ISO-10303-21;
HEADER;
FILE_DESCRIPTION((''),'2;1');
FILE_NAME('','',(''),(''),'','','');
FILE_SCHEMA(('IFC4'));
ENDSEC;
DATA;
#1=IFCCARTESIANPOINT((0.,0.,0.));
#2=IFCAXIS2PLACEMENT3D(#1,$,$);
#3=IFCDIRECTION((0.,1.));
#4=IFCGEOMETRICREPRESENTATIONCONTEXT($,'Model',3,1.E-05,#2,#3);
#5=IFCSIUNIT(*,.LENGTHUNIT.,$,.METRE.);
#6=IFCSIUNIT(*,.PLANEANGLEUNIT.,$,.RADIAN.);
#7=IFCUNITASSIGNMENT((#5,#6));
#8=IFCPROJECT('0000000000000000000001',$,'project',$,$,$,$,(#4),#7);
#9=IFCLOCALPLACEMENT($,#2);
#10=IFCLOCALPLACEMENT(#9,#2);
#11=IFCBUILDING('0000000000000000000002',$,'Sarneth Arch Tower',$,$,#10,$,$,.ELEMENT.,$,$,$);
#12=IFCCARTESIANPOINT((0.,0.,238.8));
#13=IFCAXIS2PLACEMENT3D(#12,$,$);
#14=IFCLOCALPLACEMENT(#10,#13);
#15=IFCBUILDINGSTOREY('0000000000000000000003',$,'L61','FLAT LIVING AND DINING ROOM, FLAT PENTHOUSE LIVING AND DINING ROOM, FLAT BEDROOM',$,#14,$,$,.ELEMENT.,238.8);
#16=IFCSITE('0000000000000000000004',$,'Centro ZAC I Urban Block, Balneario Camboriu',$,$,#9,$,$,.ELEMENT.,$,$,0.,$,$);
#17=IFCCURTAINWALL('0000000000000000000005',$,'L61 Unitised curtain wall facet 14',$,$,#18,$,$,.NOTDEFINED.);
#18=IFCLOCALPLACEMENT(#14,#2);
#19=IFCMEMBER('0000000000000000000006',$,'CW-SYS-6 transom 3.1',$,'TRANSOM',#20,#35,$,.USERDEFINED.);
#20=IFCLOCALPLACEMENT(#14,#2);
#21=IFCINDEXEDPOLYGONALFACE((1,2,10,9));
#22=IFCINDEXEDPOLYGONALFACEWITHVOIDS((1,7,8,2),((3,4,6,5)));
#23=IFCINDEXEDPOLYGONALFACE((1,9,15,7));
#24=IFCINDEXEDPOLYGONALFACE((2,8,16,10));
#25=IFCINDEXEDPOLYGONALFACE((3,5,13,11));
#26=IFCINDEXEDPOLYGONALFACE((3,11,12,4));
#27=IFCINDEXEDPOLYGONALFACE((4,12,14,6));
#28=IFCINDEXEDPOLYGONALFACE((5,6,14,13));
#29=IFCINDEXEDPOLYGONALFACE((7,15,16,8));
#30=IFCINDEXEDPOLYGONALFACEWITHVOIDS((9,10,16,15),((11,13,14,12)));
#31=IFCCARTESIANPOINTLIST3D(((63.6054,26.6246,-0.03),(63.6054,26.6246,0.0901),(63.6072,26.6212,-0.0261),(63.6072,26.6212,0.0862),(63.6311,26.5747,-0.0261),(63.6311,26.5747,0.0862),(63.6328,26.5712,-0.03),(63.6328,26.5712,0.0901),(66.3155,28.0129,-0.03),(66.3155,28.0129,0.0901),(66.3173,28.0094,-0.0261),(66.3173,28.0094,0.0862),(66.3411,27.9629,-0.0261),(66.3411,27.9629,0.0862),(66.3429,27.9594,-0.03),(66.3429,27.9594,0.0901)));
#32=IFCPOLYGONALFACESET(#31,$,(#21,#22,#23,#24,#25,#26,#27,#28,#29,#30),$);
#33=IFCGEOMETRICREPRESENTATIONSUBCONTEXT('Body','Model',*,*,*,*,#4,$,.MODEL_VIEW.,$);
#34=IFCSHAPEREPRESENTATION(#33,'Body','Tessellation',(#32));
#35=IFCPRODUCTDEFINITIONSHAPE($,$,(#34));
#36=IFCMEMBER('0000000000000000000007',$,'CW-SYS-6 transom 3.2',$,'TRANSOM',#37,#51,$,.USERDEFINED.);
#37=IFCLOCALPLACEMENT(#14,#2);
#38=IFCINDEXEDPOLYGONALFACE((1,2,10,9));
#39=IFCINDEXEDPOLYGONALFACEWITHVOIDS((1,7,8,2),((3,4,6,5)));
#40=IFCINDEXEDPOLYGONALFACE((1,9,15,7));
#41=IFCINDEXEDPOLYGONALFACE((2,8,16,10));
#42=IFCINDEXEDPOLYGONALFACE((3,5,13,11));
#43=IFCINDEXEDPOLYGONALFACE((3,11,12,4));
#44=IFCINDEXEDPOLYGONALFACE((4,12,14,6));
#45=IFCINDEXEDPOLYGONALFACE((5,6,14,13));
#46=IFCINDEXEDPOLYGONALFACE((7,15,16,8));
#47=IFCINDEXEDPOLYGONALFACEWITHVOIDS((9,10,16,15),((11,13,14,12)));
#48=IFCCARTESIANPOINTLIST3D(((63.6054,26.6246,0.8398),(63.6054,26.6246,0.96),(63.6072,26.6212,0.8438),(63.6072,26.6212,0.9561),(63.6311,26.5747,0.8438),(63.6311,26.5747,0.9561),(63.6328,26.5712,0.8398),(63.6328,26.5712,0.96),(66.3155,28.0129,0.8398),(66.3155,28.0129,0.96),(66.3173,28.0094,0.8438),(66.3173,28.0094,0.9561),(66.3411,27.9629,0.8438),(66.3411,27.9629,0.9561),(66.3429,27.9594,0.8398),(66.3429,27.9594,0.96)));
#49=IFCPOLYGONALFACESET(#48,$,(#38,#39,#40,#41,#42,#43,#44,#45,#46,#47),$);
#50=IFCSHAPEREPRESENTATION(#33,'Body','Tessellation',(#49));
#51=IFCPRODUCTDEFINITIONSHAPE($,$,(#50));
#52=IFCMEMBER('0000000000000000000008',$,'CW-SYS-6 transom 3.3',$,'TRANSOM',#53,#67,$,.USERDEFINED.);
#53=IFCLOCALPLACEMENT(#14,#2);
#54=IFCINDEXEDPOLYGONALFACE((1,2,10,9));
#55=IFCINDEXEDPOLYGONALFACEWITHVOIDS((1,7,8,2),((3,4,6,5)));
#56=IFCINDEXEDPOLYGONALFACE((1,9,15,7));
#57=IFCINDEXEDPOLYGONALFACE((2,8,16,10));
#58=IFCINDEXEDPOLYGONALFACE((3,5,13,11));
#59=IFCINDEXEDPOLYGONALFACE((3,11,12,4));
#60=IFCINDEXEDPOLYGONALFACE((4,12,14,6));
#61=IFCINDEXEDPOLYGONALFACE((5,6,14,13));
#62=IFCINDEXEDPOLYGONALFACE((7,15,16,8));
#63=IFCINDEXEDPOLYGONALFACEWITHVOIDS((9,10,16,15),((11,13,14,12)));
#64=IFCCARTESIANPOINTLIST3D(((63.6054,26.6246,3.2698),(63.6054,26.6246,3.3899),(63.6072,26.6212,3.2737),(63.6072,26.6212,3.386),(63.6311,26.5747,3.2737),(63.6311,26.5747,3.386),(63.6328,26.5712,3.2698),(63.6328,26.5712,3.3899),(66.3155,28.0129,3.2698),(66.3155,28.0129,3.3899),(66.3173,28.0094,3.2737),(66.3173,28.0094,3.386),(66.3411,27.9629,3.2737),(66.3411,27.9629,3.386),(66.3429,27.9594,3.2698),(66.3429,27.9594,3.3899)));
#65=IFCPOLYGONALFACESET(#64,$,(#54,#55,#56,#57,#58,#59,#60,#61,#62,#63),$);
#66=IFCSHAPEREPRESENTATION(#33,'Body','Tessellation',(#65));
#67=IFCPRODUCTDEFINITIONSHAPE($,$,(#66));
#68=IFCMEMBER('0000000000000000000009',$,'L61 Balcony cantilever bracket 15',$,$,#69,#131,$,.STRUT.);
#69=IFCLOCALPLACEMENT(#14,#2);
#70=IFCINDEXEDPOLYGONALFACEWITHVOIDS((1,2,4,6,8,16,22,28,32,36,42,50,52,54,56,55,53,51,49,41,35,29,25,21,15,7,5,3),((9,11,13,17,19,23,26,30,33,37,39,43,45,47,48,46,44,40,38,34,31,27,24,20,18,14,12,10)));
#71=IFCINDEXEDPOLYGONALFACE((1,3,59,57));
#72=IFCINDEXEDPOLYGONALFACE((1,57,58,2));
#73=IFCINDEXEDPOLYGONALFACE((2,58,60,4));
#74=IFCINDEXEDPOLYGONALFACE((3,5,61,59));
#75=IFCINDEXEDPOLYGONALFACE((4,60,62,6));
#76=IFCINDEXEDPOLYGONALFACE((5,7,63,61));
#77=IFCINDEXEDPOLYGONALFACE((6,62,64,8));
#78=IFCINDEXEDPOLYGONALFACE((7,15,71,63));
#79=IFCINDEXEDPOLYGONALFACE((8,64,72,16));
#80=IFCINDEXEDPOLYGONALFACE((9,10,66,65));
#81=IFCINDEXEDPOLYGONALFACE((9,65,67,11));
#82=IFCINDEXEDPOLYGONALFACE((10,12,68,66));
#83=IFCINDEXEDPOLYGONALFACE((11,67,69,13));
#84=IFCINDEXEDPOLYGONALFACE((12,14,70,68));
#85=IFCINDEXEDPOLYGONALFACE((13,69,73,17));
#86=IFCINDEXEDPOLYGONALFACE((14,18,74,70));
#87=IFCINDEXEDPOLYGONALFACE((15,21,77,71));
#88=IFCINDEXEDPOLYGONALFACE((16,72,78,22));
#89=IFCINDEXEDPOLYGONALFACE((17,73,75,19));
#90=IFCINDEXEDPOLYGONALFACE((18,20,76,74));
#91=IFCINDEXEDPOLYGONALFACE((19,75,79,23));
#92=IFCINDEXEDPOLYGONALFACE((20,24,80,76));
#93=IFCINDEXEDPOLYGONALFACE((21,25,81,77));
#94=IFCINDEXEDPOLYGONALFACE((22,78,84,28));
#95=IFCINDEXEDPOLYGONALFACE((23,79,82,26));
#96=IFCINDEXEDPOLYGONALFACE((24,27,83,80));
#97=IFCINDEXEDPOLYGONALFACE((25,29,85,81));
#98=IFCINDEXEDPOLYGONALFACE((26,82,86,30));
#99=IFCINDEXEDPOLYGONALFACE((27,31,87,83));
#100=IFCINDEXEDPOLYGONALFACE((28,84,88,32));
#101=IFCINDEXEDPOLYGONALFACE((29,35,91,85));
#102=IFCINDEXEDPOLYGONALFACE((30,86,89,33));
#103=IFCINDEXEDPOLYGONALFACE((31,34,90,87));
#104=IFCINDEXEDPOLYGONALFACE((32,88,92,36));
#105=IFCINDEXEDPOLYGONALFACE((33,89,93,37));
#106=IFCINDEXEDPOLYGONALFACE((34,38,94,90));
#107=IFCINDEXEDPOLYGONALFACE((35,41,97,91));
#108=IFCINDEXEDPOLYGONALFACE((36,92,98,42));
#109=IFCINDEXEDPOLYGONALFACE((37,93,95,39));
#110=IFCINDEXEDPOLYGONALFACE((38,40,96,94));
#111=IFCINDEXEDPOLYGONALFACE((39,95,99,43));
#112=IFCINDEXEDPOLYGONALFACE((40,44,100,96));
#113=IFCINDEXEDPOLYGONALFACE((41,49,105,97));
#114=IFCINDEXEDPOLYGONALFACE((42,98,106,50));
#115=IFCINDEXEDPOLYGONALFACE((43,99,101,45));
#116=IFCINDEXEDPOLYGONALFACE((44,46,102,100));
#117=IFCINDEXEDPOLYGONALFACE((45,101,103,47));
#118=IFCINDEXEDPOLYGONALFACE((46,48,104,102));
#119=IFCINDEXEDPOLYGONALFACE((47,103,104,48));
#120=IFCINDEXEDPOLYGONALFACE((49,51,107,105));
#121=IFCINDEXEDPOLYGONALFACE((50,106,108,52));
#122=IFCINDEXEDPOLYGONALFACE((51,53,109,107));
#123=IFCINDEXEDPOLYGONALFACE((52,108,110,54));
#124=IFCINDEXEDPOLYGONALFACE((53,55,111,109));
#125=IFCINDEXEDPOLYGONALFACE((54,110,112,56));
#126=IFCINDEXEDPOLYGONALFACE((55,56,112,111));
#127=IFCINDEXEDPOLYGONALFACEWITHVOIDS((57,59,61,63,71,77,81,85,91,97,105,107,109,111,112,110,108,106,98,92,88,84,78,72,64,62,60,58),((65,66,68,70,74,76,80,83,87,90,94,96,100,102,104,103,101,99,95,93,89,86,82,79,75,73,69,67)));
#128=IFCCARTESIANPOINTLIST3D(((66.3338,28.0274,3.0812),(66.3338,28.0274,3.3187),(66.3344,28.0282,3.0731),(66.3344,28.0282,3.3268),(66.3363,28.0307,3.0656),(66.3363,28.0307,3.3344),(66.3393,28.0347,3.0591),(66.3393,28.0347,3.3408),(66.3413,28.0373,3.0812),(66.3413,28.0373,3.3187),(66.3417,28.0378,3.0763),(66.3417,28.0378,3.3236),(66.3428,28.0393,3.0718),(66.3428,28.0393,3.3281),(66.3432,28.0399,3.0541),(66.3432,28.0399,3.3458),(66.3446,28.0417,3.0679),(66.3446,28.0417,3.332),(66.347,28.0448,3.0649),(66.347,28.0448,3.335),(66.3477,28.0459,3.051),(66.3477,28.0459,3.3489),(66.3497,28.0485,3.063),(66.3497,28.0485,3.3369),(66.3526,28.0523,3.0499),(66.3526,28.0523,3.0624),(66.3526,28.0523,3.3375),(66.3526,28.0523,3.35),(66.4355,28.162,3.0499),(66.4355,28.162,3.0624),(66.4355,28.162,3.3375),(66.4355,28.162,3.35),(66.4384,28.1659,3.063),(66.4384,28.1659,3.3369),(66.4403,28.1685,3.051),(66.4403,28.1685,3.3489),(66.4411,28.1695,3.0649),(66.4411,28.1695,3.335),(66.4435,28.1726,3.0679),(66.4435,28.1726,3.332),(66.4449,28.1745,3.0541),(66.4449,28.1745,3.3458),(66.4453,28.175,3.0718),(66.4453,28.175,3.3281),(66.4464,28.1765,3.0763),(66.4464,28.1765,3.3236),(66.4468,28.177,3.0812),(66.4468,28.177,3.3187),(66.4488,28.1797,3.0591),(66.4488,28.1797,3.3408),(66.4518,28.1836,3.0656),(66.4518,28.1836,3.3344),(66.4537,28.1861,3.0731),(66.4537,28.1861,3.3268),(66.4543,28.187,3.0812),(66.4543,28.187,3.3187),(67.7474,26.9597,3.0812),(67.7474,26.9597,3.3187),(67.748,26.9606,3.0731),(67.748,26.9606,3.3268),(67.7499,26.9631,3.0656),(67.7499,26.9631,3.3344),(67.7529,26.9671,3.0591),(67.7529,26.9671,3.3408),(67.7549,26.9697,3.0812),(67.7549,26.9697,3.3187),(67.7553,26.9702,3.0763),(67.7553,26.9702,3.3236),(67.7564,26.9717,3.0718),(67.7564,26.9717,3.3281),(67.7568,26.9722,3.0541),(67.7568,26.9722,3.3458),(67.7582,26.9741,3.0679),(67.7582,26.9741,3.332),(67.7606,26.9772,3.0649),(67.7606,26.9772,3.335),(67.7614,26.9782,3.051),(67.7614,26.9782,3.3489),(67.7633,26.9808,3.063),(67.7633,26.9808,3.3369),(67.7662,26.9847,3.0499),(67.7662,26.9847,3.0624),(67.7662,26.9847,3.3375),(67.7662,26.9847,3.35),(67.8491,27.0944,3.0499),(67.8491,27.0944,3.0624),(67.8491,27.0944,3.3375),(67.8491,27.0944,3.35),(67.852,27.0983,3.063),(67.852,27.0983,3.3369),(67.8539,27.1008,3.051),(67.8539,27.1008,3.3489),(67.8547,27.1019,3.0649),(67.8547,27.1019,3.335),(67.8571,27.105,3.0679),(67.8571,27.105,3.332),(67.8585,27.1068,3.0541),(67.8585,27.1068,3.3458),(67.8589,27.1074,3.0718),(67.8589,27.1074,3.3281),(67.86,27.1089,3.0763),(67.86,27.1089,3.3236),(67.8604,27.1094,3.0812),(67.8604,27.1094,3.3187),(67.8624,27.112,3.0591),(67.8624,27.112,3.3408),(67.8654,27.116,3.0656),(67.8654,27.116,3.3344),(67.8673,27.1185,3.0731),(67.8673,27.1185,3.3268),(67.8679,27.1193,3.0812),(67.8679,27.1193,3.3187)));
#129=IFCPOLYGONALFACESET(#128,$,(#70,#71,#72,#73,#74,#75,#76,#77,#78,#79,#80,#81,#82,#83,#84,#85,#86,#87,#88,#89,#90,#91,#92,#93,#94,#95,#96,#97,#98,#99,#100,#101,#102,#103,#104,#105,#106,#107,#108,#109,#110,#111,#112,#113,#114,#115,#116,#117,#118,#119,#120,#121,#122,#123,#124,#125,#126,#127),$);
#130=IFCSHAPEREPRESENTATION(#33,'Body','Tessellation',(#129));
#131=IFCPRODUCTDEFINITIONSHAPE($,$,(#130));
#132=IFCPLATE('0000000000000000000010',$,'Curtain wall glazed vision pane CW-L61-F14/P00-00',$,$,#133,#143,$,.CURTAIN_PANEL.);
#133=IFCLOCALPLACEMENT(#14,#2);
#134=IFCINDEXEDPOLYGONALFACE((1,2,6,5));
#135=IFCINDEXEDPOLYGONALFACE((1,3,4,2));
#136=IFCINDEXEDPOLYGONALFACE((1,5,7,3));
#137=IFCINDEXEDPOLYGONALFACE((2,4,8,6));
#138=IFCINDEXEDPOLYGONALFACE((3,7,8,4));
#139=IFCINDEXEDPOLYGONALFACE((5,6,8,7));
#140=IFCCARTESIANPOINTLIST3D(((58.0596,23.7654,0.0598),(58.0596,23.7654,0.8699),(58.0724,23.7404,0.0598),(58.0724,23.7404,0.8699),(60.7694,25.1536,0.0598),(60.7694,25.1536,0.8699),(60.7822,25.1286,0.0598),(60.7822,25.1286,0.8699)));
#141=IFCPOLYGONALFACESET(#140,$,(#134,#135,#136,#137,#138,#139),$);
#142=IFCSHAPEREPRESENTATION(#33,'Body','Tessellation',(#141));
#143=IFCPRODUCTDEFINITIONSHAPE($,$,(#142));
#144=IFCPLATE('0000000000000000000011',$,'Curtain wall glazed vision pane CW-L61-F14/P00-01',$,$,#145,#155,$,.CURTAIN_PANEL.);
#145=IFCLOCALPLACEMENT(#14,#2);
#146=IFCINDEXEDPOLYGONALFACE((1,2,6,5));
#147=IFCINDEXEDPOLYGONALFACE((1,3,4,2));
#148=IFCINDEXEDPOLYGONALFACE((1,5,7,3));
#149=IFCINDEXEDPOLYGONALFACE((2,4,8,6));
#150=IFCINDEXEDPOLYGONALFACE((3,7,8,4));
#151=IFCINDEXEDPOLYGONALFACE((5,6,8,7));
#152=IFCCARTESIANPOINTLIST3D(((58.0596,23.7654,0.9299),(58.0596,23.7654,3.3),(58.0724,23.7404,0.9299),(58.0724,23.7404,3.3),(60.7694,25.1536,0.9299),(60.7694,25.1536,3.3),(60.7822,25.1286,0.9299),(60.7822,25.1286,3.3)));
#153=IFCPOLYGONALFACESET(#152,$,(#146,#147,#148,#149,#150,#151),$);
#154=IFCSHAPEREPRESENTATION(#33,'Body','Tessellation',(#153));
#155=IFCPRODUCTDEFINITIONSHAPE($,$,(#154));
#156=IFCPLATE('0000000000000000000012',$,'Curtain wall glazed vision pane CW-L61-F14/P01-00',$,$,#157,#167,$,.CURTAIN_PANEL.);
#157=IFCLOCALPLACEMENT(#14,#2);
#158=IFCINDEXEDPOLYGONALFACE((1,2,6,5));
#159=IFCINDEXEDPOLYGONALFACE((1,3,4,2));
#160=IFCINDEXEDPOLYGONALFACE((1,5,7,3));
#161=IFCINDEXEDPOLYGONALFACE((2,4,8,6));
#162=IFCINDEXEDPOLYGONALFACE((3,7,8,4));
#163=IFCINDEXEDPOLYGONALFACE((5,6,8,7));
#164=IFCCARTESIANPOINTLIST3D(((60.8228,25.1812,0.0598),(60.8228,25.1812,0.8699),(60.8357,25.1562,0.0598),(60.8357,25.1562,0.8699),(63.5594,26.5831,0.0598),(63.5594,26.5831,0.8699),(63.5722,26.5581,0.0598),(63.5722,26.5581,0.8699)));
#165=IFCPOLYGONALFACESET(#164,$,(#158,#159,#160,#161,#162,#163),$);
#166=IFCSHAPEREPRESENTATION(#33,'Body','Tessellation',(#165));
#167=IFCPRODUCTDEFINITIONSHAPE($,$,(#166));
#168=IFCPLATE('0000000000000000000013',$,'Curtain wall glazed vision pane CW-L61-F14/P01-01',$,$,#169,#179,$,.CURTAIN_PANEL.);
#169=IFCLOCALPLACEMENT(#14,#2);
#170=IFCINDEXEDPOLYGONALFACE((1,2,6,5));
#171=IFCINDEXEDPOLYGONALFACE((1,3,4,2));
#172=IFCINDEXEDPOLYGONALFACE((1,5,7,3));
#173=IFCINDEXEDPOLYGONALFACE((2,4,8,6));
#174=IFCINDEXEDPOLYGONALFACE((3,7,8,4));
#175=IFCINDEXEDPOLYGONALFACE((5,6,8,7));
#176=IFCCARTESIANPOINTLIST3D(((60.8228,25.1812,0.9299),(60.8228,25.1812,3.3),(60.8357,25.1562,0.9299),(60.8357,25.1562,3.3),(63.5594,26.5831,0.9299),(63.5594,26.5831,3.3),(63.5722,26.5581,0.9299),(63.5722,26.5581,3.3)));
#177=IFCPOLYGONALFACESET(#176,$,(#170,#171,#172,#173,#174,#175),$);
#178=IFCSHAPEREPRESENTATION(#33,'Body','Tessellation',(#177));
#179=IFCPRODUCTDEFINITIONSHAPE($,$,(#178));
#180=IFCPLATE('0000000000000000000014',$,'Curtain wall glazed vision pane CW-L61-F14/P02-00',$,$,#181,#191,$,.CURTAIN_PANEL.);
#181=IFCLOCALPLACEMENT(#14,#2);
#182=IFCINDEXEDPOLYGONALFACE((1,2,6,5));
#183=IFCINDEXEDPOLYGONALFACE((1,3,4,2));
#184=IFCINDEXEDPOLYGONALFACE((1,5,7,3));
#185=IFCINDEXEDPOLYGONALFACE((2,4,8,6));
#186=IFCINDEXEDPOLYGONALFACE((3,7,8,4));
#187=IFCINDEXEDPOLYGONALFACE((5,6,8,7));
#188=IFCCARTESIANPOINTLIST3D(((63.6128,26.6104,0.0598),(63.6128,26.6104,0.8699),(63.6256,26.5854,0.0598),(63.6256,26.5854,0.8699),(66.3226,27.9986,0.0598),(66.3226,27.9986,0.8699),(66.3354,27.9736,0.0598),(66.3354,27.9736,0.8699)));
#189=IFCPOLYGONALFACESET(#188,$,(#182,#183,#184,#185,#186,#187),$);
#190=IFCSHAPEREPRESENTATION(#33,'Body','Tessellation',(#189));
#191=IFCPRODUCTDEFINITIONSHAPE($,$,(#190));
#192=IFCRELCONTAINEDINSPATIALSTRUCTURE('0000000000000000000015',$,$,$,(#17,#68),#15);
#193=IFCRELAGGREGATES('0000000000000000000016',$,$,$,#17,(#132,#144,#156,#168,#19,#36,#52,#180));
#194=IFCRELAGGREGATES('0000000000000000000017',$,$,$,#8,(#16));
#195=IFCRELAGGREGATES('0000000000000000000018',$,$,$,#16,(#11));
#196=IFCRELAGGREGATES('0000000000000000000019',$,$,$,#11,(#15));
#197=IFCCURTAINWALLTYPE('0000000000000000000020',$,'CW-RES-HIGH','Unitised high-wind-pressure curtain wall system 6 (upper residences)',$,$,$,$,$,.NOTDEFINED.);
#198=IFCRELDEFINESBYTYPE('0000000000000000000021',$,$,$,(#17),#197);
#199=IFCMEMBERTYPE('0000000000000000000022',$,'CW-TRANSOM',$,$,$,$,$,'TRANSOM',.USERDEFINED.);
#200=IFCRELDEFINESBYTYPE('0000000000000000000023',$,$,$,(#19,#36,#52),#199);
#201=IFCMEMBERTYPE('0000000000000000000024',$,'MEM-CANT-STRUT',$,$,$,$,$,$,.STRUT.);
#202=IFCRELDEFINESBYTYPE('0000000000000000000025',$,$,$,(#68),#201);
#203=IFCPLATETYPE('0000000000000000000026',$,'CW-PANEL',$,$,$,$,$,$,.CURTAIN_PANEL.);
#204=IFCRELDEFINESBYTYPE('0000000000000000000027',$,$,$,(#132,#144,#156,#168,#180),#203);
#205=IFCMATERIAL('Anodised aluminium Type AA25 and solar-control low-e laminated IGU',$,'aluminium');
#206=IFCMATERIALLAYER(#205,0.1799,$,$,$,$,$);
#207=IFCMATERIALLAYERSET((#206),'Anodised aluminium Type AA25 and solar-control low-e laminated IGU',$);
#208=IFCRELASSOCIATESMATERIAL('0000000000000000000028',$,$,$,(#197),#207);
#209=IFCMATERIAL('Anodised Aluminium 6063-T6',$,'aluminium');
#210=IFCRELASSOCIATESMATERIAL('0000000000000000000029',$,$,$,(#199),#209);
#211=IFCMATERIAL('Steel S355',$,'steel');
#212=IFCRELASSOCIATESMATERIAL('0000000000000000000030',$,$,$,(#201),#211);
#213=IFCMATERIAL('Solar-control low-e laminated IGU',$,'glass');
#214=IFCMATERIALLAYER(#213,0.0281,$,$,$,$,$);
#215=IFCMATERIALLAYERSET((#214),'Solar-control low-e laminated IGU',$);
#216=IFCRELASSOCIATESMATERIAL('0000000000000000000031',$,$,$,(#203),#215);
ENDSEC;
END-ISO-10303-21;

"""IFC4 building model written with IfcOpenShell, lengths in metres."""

from ifc_helpers import new_model, si_unit, direction, frame, origin, origin_2d, place, context, subcontext, project, spatial, rectangle, hollow_rectangle, extrude, material, layer, layer_set, material_profile, profile_set, type_object, element, aggregate, save


model = new_model("IFC4")

# Units and contexts
model_context = context("Model", 3, precision=1e-05, world=origin(), true_north=direction((0.0, 1.0)))
body_context = subcontext(model_context, "Body", "Model", "MODEL_VIEW")
ifc_project = project(units=[si_unit("LENGTHUNIT", "METRE"), si_unit("PLANEANGLEUNIT", "RADIAN")], contexts=[model_context])

# Site, building, storey
site_placement = place(None, origin())
site = spatial("IfcSite", under=ifc_project, at=site_placement, Name="Centro ZAC I Urban Block, Balneario Camboriu", CompositionType="ELEMENT", RefElevation=0.0)
building_placement = place(site_placement, origin())
building = spatial("IfcBuilding", under=site, at=building_placement, Name="Sarneth Arch Tower", CompositionType="ELEMENT")
storey_placement = place(building_placement, frame((0.0, 0.0, 238.8)))
storey = spatial("IfcBuildingStorey", under=building, at=storey_placement, Name="L61", Description="FLAT LIVING AND DINING ROOM, FLAT PENTHOUSE LIVING AND DINING ROOM, FLAT BEDROOM", CompositionType="ELEMENT", Elevation=238.8)

# Curtain wall, members
ifc_material_1 = material(Name="Anodised aluminium Type AA25 and solar-control low-e laminated IGU", Category="aluminium")
ifc_layer_1 = layer(ifc_material_1, 0.1799)
ifc_layer_set_1 = layer_set([ifc_layer_1], Name="Anodised aluminium Type AA25 and solar-control low-e laminated IGU")
curtain_wall_type = type_object("IfcCurtainWallType", Name="CW-RES-HIGH", Description="Unitised high-wind-pressure curtain wall system 6 (upper residences)", PredefinedType="NOTDEFINED", material=ifc_layer_set_1)
curtain_wall_placement = place(storey_placement, origin())
curtain_wall = element("IfcCurtainWall", 1, at=curtain_wall_placement, inside=storey, type_object=curtain_wall_type, Name="L61 Unitised curtain wall facet 14", PredefinedType="NOTDEFINED")
ifc_material_2 = material(Name="Anodised Aluminium 6063-T6", Category="aluminium")
ifc_material_profile_1 = material_profile(ifc_material_2, hollow_rectangle(XDim=0.0601, YDim=0.1201, WallThickness=0.0039, at=origin_2d()), Name="AL-TRAN-120x60x4")
ifc_profile_set_1 = profile_set([ifc_material_profile_1], Name="Anodised Aluminium 6063-T6")
member_type_1 = type_object("IfcMemberType", Name="CW-TRANSOM", ElementType="TRANSOM", PredefinedType="USERDEFINED", material=ifc_profile_set_1)
member_1_placement = place(storey_placement, frame((63.6191, 26.5979, 0.03), z_axis=(0.890023, 0.455916, 0.0), x_axis=(-0.455916, 0.890023, 0.0)))
member_1 = element("IfcMember", 2, at=member_1_placement, type_object=member_type_1, Name="CW-SYS-6 transom 3.1", ObjectType="TRANSOM", PredefinedType="USERDEFINED", context=body_context, shape_type="SweptSolid", body=[
    extrude(hollow_rectangle(XDim=0.0601, YDim=0.1201, WallThickness=0.0039, at=origin_2d()), origin(), (0.0, 0.0, 1.0), 3.0449),
])
member_2_placement = place(storey_placement, frame((63.6191, 26.5979, 0.8999), z_axis=(0.890023, 0.455916, 0.0), x_axis=(-0.455916, 0.890023, 0.0)))
member_2 = element("IfcMember", 3, at=member_2_placement, type_object=member_type_1, Name="CW-SYS-6 transom 3.2", ObjectType="TRANSOM", PredefinedType="USERDEFINED", context=body_context, shape_type="SweptSolid", body=[
    extrude(hollow_rectangle(XDim=0.0601, YDim=0.1201, WallThickness=0.0039, at=origin_2d()), origin(), (0.0, 0.0, 1.0), 3.0449),
])
member_3_placement = place(storey_placement, frame((63.6191, 26.5979, 3.3298), z_axis=(0.890023, 0.455916, 0.0), x_axis=(-0.455916, 0.890023, 0.0)))
member_3 = element("IfcMember", 4, at=member_3_placement, type_object=member_type_1, Name="CW-SYS-6 transom 3.3", ObjectType="TRANSOM", PredefinedType="USERDEFINED", context=body_context, shape_type="SweptSolid", body=[
    extrude(hollow_rectangle(XDim=0.0601, YDim=0.1201, WallThickness=0.0039, at=origin_2d()), origin(), (0.0, 0.0, 1.0), 3.0449),
])

# Member
ifc_material_3 = material(Name="Steel S355", Category="steel")
ifc_material_profile_2 = material_profile(ifc_material_3, hollow_rectangle(XDim=0.2, YDim=0.3, WallThickness=0.0125, InnerFilletRadius=0.0188, OuterFilletRadius=0.0312, at=origin_2d()), Name="RHS300x200x12.5")
ifc_profile_set_2 = profile_set([ifc_material_profile_2], Name="Steel S355")
member_type_2 = type_object("IfcMemberType", Name="MEM-CANT-STRUT", PredefinedType="STRUT", material=ifc_profile_set_2)
member_4_placement = place(storey_placement, frame((66.394, 28.1072, 3.2), z_axis=(0.797978, -0.602687, 0.0), x_axis=(0.602687, 0.797978, 0.0)))
element("IfcMember", 5, at=member_4_placement, inside=storey, type_object=member_type_2, Name="L61 Balcony cantilever bracket 15", PredefinedType="STRUT", context=body_context, shape_type="SweptSolid", body=[
    extrude(hollow_rectangle(XDim=0.2, YDim=0.3, WallThickness=0.0125, InnerFilletRadius=0.0188, OuterFilletRadius=0.0312, at=origin_2d()), origin(), (0.0, 0.0, 1.0), 1.7715),
])

# Plates
ifc_material_4 = material(Name="Solar-control low-e laminated IGU", Category="glass")
ifc_layer_2 = layer(ifc_material_4, 0.0281)
ifc_layer_set_2 = layer_set([ifc_layer_2], Name="Solar-control low-e laminated IGU")
plate_type_1 = type_object("IfcPlateType", Name="CW-PANEL", PredefinedType="CURTAIN_PANEL", material=ifc_layer_set_2)
plate_1_placement = place(storey_placement, frame((59.4209, 24.447, 0.0598), z_axis=(0.0, 0.0, 1.0), x_axis=(0.89001, 0.455942, 0.0)))
plate_1 = element("IfcPlate", 6, at=plate_1_placement, type_object=plate_type_1, Name="Curtain wall glazed vision pane CW-L61-F14/P00-00", PredefinedType="CURTAIN_PANEL", context=body_context, shape_type="SweptSolid", body=[
    extrude(rectangle(XDim=3.0447, YDim=0.0281, at=origin_2d()), origin(), (0.0, 0.0, 1.0), 0.8101),
])
plate_2_placement = place(storey_placement, frame((59.4209, 24.447, 0.9299), z_axis=(0.0, 0.0, 1.0), x_axis=(0.89001, 0.455942, 0.0)))
plate_2 = element("IfcPlate", 7, at=plate_2_placement, type_object=plate_type_1, Name="Curtain wall glazed vision pane CW-L61-F14/P00-01", PredefinedType="CURTAIN_PANEL", context=body_context, shape_type="SweptSolid", body=[
    extrude(rectangle(XDim=3.0447, YDim=0.0281, at=origin_2d()), origin(), (0.0, 0.0, 1.0), 2.3701),
])
plate_3_placement = place(storey_placement, frame((62.1975, 25.8696, 0.0598), z_axis=(0.0, 0.0, 1.0), x_axis=(0.89001, 0.455942, 0.0)))
plate_3 = element("IfcPlate", 8, at=plate_3_placement, type_object=plate_type_1, Name="Curtain wall glazed vision pane CW-L61-F14/P01-00", PredefinedType="CURTAIN_PANEL", context=body_context, shape_type="SweptSolid", body=[
    extrude(rectangle(XDim=3.0747, YDim=0.0281, at=origin_2d()), origin(), (0.0, 0.0, 1.0), 0.8101),
])
plate_4_placement = place(storey_placement, frame((62.1975, 25.8696, 0.9299), z_axis=(0.0, 0.0, 1.0), x_axis=(0.89001, 0.455942, 0.0)))
plate_4 = element("IfcPlate", 9, at=plate_4_placement, type_object=plate_type_1, Name="Curtain wall glazed vision pane CW-L61-F14/P01-01", PredefinedType="CURTAIN_PANEL", context=body_context, shape_type="SweptSolid", body=[
    extrude(rectangle(XDim=3.0747, YDim=0.0281, at=origin_2d()), origin(), (0.0, 0.0, 1.0), 2.3701),
])
plate_5_placement = place(storey_placement, frame((64.9741, 27.292, 0.0598), z_axis=(0.0, 0.0, 1.0), x_axis=(0.89001, 0.455942, 0.0)))
plate_5 = element("IfcPlate", 10, at=plate_5_placement, type_object=plate_type_1, Name="Curtain wall glazed vision pane CW-L61-F14/P02-00", PredefinedType="CURTAIN_PANEL", context=body_context, shape_type="SweptSolid", body=[
    extrude(rectangle(XDim=3.0447, YDim=0.0281, at=origin_2d()), origin(), (0.0, 0.0, 1.0), 0.8101),
])
aggregate(curtain_wall, [plate_1, plate_2, plate_3, plate_4, member_1, member_2, member_3, plate_5])

save(model, "model.ifc")
